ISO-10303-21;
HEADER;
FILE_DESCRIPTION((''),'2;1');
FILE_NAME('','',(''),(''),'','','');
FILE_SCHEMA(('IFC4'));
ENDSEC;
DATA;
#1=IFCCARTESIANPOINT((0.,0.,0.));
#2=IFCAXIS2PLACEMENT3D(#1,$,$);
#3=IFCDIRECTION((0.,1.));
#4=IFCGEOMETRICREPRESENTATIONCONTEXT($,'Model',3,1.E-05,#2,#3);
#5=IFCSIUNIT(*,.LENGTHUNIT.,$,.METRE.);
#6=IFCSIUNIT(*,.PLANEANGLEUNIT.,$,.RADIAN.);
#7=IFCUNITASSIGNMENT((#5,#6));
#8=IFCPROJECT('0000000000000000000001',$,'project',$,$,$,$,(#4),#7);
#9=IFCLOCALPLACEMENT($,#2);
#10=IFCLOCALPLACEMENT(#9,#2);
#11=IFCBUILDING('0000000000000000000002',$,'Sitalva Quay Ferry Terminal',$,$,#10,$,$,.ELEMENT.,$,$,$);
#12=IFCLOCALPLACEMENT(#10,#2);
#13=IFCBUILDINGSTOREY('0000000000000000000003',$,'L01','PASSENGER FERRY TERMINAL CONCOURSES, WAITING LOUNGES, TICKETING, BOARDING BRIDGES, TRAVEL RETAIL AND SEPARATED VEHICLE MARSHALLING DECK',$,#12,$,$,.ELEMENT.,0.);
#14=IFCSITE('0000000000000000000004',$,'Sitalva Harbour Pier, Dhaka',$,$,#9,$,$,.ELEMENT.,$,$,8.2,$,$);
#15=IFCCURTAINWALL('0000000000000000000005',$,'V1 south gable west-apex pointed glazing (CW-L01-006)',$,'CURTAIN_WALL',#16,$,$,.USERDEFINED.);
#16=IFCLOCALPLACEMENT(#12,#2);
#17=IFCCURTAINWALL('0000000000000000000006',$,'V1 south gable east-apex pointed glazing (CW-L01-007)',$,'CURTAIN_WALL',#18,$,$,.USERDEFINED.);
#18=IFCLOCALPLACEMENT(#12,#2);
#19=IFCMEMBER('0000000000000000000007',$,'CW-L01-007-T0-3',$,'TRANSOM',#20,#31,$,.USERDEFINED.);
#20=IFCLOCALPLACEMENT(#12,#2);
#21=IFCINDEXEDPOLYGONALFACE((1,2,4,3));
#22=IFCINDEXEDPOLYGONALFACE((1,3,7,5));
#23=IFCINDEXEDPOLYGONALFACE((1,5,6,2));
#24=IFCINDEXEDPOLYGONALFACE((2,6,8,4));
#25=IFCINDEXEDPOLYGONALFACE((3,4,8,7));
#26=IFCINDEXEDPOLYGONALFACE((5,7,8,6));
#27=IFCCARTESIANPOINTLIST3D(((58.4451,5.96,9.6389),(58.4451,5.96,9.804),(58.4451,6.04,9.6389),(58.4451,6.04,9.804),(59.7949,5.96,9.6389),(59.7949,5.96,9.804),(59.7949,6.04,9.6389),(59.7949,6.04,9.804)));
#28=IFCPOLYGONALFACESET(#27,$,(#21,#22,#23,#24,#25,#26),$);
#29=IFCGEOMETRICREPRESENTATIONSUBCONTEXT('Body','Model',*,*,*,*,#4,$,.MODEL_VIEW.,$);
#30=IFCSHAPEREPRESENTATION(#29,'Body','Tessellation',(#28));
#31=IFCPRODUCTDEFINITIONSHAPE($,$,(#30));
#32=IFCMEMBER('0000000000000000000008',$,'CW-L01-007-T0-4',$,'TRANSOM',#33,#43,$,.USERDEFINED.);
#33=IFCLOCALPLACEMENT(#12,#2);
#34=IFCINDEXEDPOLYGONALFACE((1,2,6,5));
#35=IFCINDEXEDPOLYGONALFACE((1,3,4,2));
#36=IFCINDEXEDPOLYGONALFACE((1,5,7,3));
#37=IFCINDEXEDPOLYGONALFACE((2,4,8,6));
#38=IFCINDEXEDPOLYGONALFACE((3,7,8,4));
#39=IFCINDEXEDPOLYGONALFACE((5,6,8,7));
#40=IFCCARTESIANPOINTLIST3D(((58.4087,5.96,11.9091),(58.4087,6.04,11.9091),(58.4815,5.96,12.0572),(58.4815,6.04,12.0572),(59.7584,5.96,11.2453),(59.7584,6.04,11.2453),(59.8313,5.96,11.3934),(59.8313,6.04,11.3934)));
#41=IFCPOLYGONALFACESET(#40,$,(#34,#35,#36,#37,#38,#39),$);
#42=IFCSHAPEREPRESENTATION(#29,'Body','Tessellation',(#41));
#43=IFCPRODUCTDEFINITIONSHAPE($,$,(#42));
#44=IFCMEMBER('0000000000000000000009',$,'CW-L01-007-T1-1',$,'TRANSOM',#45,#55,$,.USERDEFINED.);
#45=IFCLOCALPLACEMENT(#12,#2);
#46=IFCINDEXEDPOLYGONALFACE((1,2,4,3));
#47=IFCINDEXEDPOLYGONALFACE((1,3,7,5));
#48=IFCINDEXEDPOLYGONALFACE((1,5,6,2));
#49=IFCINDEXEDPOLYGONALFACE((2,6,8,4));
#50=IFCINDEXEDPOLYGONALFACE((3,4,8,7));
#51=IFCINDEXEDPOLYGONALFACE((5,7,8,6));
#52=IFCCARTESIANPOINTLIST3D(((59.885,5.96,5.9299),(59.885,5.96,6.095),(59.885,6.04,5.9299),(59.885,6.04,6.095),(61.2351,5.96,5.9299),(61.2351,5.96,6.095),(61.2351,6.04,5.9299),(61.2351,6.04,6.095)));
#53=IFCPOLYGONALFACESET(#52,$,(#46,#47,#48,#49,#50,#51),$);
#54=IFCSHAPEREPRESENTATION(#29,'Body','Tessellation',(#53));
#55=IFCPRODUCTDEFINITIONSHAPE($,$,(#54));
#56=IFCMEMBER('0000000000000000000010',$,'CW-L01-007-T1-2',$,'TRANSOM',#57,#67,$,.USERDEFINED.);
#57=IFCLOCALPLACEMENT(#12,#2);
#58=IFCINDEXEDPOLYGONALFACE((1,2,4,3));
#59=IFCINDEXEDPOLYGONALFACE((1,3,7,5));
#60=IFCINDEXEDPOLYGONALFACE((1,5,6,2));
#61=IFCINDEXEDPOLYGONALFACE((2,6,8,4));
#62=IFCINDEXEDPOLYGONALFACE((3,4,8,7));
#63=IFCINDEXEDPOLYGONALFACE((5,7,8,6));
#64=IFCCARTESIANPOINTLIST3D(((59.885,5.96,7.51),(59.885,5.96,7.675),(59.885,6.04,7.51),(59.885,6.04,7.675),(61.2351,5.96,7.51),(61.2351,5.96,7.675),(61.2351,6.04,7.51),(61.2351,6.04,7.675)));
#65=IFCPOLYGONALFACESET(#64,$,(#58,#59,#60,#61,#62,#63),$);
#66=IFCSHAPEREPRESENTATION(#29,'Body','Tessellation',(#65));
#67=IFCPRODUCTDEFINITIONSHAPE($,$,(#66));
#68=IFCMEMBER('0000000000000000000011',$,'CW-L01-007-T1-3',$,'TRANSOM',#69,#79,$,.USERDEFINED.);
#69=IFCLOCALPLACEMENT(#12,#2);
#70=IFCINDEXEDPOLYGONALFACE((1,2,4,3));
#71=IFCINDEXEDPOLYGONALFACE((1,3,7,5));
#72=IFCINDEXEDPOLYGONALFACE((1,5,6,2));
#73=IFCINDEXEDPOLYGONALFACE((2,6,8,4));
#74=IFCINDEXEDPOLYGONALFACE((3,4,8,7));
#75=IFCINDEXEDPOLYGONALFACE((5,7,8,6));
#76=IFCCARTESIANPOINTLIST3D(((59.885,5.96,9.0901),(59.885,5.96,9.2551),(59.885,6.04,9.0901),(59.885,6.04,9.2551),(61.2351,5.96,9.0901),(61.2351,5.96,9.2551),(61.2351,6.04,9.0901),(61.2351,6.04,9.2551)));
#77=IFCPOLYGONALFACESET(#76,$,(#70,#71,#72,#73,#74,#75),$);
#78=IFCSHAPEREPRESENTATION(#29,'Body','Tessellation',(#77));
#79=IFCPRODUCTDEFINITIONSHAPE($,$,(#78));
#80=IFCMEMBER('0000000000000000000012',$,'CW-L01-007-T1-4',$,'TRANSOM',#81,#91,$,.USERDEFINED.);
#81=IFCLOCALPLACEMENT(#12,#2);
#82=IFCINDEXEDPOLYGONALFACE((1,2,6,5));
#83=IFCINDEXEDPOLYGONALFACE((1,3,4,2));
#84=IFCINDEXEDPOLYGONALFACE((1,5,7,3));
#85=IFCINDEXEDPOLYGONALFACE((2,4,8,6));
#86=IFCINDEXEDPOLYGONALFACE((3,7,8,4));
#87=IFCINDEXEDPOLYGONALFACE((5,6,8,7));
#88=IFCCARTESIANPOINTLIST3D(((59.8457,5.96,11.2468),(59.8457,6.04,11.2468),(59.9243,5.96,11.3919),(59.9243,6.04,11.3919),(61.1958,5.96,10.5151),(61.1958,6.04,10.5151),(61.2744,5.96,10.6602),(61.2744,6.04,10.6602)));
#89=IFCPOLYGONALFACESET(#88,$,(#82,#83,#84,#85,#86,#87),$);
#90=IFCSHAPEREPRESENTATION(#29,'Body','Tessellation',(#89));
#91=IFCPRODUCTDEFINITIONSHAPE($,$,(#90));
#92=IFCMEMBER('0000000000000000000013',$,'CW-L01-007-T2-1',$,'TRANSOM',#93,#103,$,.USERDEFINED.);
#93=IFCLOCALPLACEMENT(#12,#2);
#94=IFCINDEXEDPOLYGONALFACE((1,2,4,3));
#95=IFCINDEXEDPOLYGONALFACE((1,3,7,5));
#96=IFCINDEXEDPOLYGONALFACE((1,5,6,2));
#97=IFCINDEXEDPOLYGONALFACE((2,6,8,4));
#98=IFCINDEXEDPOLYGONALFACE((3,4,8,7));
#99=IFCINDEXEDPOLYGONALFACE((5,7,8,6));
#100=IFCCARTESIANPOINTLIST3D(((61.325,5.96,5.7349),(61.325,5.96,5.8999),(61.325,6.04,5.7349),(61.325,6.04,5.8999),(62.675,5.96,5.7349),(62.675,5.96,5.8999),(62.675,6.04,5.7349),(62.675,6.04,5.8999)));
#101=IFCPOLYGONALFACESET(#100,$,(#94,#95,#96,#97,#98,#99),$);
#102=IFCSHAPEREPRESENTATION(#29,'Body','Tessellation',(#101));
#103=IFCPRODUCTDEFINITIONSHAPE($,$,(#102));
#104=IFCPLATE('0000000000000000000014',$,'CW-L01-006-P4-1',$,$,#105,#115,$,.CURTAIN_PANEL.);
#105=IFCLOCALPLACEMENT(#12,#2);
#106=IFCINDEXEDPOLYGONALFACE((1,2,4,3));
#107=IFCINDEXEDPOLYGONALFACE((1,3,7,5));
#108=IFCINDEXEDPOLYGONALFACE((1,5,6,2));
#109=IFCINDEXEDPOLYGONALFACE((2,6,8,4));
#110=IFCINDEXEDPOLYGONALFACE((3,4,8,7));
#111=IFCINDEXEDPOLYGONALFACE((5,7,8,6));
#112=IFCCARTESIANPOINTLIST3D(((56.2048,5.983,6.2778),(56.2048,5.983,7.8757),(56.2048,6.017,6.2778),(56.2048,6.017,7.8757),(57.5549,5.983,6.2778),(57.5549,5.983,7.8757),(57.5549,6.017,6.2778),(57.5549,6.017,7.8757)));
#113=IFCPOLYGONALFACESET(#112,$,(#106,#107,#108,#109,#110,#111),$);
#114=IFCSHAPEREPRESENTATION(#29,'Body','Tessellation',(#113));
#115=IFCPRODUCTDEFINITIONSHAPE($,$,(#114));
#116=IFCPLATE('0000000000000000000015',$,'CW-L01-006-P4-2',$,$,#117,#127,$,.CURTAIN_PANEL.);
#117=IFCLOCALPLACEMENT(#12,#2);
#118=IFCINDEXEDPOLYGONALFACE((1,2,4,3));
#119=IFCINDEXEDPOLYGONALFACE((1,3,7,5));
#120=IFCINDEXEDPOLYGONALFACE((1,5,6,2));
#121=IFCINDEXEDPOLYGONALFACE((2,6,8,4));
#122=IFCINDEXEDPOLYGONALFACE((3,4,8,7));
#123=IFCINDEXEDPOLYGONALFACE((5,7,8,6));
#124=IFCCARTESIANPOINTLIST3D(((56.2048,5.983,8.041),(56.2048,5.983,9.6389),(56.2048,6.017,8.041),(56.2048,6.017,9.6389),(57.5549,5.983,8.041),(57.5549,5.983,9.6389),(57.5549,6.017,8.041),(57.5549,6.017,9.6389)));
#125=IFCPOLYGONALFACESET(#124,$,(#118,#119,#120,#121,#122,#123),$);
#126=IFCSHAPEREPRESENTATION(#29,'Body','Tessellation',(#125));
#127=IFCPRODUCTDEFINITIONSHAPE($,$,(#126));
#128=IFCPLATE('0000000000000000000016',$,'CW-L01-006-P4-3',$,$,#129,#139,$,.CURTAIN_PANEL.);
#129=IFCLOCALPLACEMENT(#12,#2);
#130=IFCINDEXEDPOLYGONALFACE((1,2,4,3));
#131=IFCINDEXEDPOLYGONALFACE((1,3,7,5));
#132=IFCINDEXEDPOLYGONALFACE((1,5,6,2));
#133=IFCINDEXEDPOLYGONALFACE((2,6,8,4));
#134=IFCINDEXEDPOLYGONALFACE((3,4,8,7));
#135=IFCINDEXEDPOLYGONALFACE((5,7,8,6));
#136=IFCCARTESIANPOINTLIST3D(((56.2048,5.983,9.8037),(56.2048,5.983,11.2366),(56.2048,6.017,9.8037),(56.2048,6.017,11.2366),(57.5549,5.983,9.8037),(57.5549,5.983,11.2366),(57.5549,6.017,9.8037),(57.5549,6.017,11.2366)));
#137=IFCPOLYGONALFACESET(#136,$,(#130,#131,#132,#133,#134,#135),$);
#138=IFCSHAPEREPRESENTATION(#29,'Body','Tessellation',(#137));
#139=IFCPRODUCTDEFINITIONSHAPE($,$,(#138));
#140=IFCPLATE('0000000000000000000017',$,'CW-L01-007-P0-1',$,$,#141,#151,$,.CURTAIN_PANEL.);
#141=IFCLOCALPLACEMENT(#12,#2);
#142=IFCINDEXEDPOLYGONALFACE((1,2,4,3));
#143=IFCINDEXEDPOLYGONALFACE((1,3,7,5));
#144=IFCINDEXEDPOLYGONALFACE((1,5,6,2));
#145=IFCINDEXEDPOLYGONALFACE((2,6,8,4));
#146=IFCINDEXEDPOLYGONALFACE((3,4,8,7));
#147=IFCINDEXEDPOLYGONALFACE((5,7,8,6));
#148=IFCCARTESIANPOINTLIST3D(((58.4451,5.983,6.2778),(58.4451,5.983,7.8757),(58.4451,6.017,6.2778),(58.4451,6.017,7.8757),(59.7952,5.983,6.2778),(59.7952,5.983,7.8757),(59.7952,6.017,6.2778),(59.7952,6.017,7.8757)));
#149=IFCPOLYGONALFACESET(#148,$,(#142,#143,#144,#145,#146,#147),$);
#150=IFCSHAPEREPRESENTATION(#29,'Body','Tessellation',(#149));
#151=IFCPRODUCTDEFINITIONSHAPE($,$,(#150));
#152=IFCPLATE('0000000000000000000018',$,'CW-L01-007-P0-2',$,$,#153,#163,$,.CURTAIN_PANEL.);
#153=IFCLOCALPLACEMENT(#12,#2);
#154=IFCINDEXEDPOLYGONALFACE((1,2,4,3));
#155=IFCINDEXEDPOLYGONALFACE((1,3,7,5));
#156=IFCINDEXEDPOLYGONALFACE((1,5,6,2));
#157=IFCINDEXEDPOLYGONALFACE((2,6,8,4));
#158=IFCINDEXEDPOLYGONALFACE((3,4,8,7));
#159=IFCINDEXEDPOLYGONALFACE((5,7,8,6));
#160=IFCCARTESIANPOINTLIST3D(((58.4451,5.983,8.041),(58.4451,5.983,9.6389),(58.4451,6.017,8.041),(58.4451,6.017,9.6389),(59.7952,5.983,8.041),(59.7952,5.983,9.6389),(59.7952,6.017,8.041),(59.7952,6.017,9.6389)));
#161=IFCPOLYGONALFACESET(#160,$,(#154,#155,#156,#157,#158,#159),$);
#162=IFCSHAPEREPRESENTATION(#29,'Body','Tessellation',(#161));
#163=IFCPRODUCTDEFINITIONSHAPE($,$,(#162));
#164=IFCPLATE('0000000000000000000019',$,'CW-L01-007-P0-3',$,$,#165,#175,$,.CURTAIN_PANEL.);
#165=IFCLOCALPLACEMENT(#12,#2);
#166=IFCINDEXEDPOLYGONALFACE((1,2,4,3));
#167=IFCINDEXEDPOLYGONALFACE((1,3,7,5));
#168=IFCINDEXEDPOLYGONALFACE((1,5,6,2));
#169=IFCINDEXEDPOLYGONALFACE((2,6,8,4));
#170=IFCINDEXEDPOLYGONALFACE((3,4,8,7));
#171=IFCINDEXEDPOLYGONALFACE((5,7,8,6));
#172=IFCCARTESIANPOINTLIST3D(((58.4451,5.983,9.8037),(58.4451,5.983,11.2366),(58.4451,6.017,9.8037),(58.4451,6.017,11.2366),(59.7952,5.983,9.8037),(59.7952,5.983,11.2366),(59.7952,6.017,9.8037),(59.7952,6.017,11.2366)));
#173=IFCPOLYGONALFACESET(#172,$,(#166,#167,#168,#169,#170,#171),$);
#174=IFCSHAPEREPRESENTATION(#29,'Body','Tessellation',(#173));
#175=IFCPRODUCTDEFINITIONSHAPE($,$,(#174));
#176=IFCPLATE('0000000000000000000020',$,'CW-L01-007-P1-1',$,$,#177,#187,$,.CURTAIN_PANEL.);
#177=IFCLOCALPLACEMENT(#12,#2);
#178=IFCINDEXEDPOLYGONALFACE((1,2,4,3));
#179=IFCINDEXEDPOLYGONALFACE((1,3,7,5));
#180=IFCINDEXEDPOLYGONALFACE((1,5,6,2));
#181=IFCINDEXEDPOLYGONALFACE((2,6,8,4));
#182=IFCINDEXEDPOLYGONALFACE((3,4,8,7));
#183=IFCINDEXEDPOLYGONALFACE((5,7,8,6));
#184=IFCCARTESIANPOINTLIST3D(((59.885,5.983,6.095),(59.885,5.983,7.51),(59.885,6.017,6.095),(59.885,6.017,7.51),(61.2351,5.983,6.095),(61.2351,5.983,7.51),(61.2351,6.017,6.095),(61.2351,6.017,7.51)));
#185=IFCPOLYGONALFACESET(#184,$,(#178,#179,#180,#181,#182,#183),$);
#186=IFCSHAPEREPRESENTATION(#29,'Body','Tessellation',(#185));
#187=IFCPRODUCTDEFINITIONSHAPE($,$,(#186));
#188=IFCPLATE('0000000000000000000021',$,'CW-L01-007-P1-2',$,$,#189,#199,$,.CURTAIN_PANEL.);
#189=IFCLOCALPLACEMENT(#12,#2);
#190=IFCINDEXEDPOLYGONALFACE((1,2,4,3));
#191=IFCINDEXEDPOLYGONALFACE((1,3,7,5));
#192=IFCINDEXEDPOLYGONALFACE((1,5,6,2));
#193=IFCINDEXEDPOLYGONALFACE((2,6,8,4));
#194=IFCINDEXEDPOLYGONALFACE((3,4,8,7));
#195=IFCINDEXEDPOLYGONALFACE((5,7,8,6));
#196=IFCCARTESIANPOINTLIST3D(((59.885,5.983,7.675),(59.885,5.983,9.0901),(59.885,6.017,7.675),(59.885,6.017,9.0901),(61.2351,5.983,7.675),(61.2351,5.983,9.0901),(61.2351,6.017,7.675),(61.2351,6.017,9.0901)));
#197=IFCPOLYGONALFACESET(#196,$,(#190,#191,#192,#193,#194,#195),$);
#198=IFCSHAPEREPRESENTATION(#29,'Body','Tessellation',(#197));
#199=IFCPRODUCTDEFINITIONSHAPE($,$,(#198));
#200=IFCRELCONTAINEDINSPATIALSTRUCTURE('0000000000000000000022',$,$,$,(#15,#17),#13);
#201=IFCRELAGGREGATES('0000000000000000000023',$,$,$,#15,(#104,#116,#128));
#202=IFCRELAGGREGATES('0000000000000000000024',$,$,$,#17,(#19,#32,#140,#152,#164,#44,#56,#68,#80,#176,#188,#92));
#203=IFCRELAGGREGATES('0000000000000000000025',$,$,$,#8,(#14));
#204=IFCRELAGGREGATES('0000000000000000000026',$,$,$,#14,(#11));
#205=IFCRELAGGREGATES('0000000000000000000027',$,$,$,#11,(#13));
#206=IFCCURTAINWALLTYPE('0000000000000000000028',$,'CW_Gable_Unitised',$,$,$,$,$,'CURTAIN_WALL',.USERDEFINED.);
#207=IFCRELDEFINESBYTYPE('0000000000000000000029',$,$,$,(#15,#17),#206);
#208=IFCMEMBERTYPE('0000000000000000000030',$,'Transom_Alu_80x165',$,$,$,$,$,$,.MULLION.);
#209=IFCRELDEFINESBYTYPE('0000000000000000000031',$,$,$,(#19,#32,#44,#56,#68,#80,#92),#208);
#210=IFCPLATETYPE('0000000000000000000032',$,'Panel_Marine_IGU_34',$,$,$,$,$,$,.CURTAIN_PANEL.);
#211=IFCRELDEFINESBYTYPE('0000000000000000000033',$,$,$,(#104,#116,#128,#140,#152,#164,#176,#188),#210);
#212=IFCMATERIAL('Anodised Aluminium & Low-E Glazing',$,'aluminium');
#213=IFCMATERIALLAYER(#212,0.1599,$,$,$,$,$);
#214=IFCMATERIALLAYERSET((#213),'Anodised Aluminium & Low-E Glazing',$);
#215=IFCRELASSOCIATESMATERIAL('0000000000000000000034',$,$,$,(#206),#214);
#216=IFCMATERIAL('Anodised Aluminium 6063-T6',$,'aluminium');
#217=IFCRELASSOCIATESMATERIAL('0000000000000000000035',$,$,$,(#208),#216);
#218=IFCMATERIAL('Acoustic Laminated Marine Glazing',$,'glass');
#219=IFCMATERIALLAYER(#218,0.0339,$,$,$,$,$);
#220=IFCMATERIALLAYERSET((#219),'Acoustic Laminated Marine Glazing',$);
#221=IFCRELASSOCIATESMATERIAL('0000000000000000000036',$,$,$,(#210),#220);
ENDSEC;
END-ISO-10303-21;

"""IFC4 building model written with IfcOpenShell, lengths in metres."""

from ifc_helpers import new_model, si_unit, direction, frame, origin, origin_2d, place, context, subcontext, project, spatial, rectangle, extrude, material, layer, layer_set, material_profile, profile_set, type_object, element, aggregate, save


model = new_model("IFC4")

# Units and contexts
model_context = context("Model", 3, precision=1e-05, world=origin(), true_north=direction((0.0, 1.0)))
body_context = subcontext(model_context, "Body", "Model", "MODEL_VIEW")
ifc_project = project(units=[si_unit("LENGTHUNIT", "METRE"), si_unit("PLANEANGLEUNIT", "RADIAN")], contexts=[model_context])

# Site, building, storey
site_placement = place(None, origin())
site = spatial("IfcSite", under=ifc_project, at=site_placement, Name="Sitalva Harbour Pier, Dhaka", CompositionType="ELEMENT", RefElevation=8.2)
building_placement = place(site_placement, origin())
building = spatial("IfcBuilding", under=site, at=building_placement, Name="Sitalva Quay Ferry Terminal", CompositionType="ELEMENT")
storey_placement = place(building_placement, origin())
storey = spatial("IfcBuildingStorey", under=building, at=storey_placement, Name="L01", Description="PASSENGER FERRY TERMINAL CONCOURSES, WAITING LOUNGES, TICKETING, BOARDING BRIDGES, TRAVEL RETAIL AND SEPARATED VEHICLE MARSHALLING DECK", CompositionType="ELEMENT", Elevation=0.0)

# Curtain walls, members
ifc_material_1 = material(Name="Anodised Aluminium & Low-E Glazing", Category="aluminium")
ifc_layer_1 = layer(ifc_material_1, 0.1599)
ifc_layer_set_1 = layer_set([ifc_layer_1], Name="Anodised Aluminium & Low-E Glazing")
curtain_wall_type = type_object("IfcCurtainWallType", Name="CW_Gable_Unitised", ElementType="CURTAIN_WALL", PredefinedType="USERDEFINED", material=ifc_layer_set_1)
curtain_wall_1_placement = place(storey_placement, origin())
curtain_wall_1 = element("IfcCurtainWall", 1, at=curtain_wall_1_placement, inside=storey, type_object=curtain_wall_type, Name="V1 south gable west-apex pointed glazing (CW-L01-006)", ObjectType="CURTAIN_WALL", PredefinedType="USERDEFINED")
ifc_material_2 = material(Name="Anodised Aluminium 6063-T6", Category="aluminium")
ifc_material_profile_1 = material_profile(ifc_material_2, rectangle(XDim=0.0801, YDim=0.165, at=origin_2d()), Name="ALU80x165")
ifc_profile_set_1 = profile_set([ifc_material_profile_1], Name="Anodised Aluminium 6063-T6")
member_type = type_object("IfcMemberType", Name="Transom_Alu_80x165", PredefinedType="MULLION", material=ifc_profile_set_1)
curtain_wall_2_placement = place(storey_placement, origin())
curtain_wall_2 = element("IfcCurtainWall", 2, at=curtain_wall_2_placement, inside=storey, type_object=curtain_wall_type, Name="V1 south gable east-apex pointed glazing (CW-L01-007)", ObjectType="CURTAIN_WALL", PredefinedType="USERDEFINED")
member_1_placement = place(storey_placement, frame((58.4451, 6.0, 9.7214), z_axis=(1.0, 0.0, 0.0), x_axis=(0.0, 1.0, 0.0)))
member_1 = element("IfcMember", 3, at=member_1_placement, type_object=member_type, Name="CW-L01-007-T0-3", ObjectType="TRANSOM", PredefinedType="USERDEFINED", context=body_context, shape_type="SweptSolid", body=[
    extrude(rectangle(XDim=0.0801, YDim=0.165, at=origin_2d()), origin(), (0.0, 0.0, 1.0), 1.3499),
])
member_2_placement = place(storey_placement, frame((58.4451, 6.0, 11.9832), z_axis=(0.897362, 0.0, -0.441296), x_axis=(0.0, 1.0, 0.0)))
member_2 = element("IfcMember", 4, at=member_2_placement, type_object=member_type, Name="CW-L01-007-T0-4", ObjectType="TRANSOM", PredefinedType="USERDEFINED", context=body_context, shape_type="SweptSolid", body=[
    extrude(rectangle(XDim=0.0801, YDim=0.165, at=origin_2d()), origin(), (0.0, 0.0, 1.0), 1.5042),
])
member_3_placement = place(storey_placement, frame((59.885, 6.0, 6.0125), z_axis=(1.0, 0.0, 0.0), x_axis=(0.0, 1.0, 0.0)))
member_3 = element("IfcMember", 5, at=member_3_placement, type_object=member_type, Name="CW-L01-007-T1-1", ObjectType="TRANSOM", PredefinedType="USERDEFINED", context=body_context, shape_type="SweptSolid", body=[
    extrude(rectangle(XDim=0.0801, YDim=0.165, at=origin_2d()), origin(), (0.0, 0.0, 1.0), 1.3501),
])
member_4_placement = place(storey_placement, frame((59.885, 6.0, 7.5925), z_axis=(1.0, 0.0, 0.0), x_axis=(0.0, 1.0, 0.0)))
member_4 = element("IfcMember", 6, at=member_4_placement, type_object=member_type, Name="CW-L01-007-T1-2", ObjectType="TRANSOM", PredefinedType="USERDEFINED", context=body_context, shape_type="SweptSolid", body=[
    extrude(rectangle(XDim=0.0801, YDim=0.165, at=origin_2d()), origin(), (0.0, 0.0, 1.0), 1.3501),
])
member_5_placement = place(storey_placement, frame((59.885, 6.0, 9.1726), z_axis=(1.0, 0.0, 0.0), x_axis=(0.0, 1.0, 0.0)))
member_5 = element("IfcMember", 7, at=member_5_placement, type_object=member_type, Name="CW-L01-007-T1-3", ObjectType="TRANSOM", PredefinedType="USERDEFINED", context=body_context, shape_type="SweptSolid", body=[
    extrude(rectangle(XDim=0.0801, YDim=0.165, at=origin_2d()), origin(), (0.0, 0.0, 1.0), 1.3501),
])
member_6_placement = place(storey_placement, frame((59.885, 6.0, 11.3193), z_axis=(0.879187, 0.0, -0.476478), x_axis=(0.0, 1.0, 0.0)))
member_6 = element("IfcMember", 8, at=member_6_placement, type_object=member_type, Name="CW-L01-007-T1-4", ObjectType="TRANSOM", PredefinedType="USERDEFINED", context=body_context, shape_type="SweptSolid", body=[
    extrude(rectangle(XDim=0.0801, YDim=0.165, at=origin_2d()), origin(), (0.0, 0.0, 1.0), 1.5356),
])
member_7_placement = place(storey_placement, frame((61.325, 6.0, 5.8174), z_axis=(1.0, 0.0, 0.0), x_axis=(0.0, 1.0, 0.0)))
member_7 = element("IfcMember", 9, at=member_7_placement, type_object=member_type, Name="CW-L01-007-T2-1", ObjectType="TRANSOM", PredefinedType="USERDEFINED", context=body_context, shape_type="SweptSolid", body=[
    extrude(rectangle(XDim=0.0801, YDim=0.165, at=origin_2d()), origin(), (0.0, 0.0, 1.0), 1.3501),
])

# Plates
ifc_material_3 = material(Name="Acoustic Laminated Marine Glazing", Category="glass")
ifc_layer_2 = layer(ifc_material_3, 0.0339)
ifc_layer_set_2 = layer_set([ifc_layer_2], Name="Acoustic Laminated Marine Glazing")
plate_type = type_object("IfcPlateType", Name="Panel_Marine_IGU_34", PredefinedType="CURTAIN_PANEL", material=ifc_layer_set_2)
plate_1_placement = place(storey_placement, frame((56.8799, 6.0, 6.2778), z_axis=(0.0, 0.0, 1.0), x_axis=(1.0, 0.0, 0.0)))
plate_1 = element("IfcPlate", 10, at=plate_1_placement, type_object=plate_type, Name="CW-L01-006-P4-1", PredefinedType="CURTAIN_PANEL", context=body_context, shape_type="SweptSolid", body=[
    extrude(rectangle(XDim=1.3501, YDim=0.0339, at=origin_2d()), origin(), (0.0, 0.0, 1.0), 1.5979),
])
plate_2_placement = place(storey_placement, frame((56.8799, 6.0, 8.041), z_axis=(0.0, 0.0, 1.0), x_axis=(1.0, 0.0, 0.0)))
plate_2 = element("IfcPlate", 11, at=plate_2_placement, type_object=plate_type, Name="CW-L01-006-P4-2", PredefinedType="CURTAIN_PANEL", context=body_context, shape_type="SweptSolid", body=[
    extrude(rectangle(XDim=1.3501, YDim=0.0339, at=origin_2d()), origin(), (0.0, 0.0, 1.0), 1.5979),
])
plate_3_placement = place(storey_placement, frame((56.8799, 6.0, 9.8037), z_axis=(0.0, 0.0, 1.0), x_axis=(1.0, 0.0, 0.0)))
plate_3 = element("IfcPlate", 12, at=plate_3_placement, type_object=plate_type, Name="CW-L01-006-P4-3", PredefinedType="CURTAIN_PANEL", context=body_context, shape_type="SweptSolid", body=[
    extrude(rectangle(XDim=1.3501, YDim=0.0339, at=origin_2d()), origin(), (0.0, 0.0, 1.0), 1.4329),
])
aggregate(curtain_wall_1, [plate_1, plate_2, plate_3])
plate_4_placement = place(storey_placement, frame((59.1201, 6.0, 6.2778), z_axis=(0.0, 0.0, 1.0), x_axis=(1.0, 0.0, 0.0)))
plate_4 = element("IfcPlate", 13, at=plate_4_placement, type_object=plate_type, Name="CW-L01-007-P0-1", PredefinedType="CURTAIN_PANEL", context=body_context, shape_type="SweptSolid", body=[
    extrude(rectangle(XDim=1.3501, YDim=0.0339, at=origin_2d()), origin(), (0.0, 0.0, 1.0), 1.5979),
])
plate_5_placement = place(storey_placement, frame((59.1201, 6.0, 8.041), z_axis=(0.0, 0.0, 1.0), x_axis=(1.0, 0.0, 0.0)))
plate_5 = element("IfcPlate", 14, at=plate_5_placement, type_object=plate_type, Name="CW-L01-007-P0-2", PredefinedType="CURTAIN_PANEL", context=body_context, shape_type="SweptSolid", body=[
    extrude(rectangle(XDim=1.3501, YDim=0.0339, at=origin_2d()), origin(), (0.0, 0.0, 1.0), 1.5979),
])
plate_6_placement = place(storey_placement, frame((59.1201, 6.0, 9.8037), z_axis=(0.0, 0.0, 1.0), x_axis=(1.0, 0.0, 0.0)))
plate_6 = element("IfcPlate", 15, at=plate_6_placement, type_object=plate_type, Name="CW-L01-007-P0-3", PredefinedType="CURTAIN_PANEL", context=body_context, shape_type="SweptSolid", body=[
    extrude(rectangle(XDim=1.3501, YDim=0.0339, at=origin_2d()), origin(), (0.0, 0.0, 1.0), 1.4329),
])
plate_7_placement = place(storey_placement, frame((60.5601, 6.0, 6.095), z_axis=(0.0, 0.0, 1.0), x_axis=(1.0, 0.0, 0.0)))
plate_7 = element("IfcPlate", 16, at=plate_7_placement, type_object=plate_type, Name="CW-L01-007-P1-1", PredefinedType="CURTAIN_PANEL", context=body_context, shape_type="SweptSolid", body=[
    extrude(rectangle(XDim=1.3501, YDim=0.0339, at=origin_2d()), origin(), (0.0, 0.0, 1.0), 1.415),
])
plate_8_placement = place(storey_placement, frame((60.5601, 6.0, 7.675), z_axis=(0.0, 0.0, 1.0), x_axis=(1.0, 0.0, 0.0)))
plate_8 = element("IfcPlate", 17, at=plate_8_placement, type_object=plate_type, Name="CW-L01-007-P1-2", PredefinedType="CURTAIN_PANEL", context=body_context, shape_type="SweptSolid", body=[
    extrude(rectangle(XDim=1.3501, YDim=0.0339, at=origin_2d()), origin(), (0.0, 0.0, 1.0), 1.415),
])
aggregate(curtain_wall_2, [member_1, member_2, plate_4, plate_5, plate_6, member_3, member_4, member_5, member_6, plate_7, plate_8, member_7])

save(model, "model.ifc")
